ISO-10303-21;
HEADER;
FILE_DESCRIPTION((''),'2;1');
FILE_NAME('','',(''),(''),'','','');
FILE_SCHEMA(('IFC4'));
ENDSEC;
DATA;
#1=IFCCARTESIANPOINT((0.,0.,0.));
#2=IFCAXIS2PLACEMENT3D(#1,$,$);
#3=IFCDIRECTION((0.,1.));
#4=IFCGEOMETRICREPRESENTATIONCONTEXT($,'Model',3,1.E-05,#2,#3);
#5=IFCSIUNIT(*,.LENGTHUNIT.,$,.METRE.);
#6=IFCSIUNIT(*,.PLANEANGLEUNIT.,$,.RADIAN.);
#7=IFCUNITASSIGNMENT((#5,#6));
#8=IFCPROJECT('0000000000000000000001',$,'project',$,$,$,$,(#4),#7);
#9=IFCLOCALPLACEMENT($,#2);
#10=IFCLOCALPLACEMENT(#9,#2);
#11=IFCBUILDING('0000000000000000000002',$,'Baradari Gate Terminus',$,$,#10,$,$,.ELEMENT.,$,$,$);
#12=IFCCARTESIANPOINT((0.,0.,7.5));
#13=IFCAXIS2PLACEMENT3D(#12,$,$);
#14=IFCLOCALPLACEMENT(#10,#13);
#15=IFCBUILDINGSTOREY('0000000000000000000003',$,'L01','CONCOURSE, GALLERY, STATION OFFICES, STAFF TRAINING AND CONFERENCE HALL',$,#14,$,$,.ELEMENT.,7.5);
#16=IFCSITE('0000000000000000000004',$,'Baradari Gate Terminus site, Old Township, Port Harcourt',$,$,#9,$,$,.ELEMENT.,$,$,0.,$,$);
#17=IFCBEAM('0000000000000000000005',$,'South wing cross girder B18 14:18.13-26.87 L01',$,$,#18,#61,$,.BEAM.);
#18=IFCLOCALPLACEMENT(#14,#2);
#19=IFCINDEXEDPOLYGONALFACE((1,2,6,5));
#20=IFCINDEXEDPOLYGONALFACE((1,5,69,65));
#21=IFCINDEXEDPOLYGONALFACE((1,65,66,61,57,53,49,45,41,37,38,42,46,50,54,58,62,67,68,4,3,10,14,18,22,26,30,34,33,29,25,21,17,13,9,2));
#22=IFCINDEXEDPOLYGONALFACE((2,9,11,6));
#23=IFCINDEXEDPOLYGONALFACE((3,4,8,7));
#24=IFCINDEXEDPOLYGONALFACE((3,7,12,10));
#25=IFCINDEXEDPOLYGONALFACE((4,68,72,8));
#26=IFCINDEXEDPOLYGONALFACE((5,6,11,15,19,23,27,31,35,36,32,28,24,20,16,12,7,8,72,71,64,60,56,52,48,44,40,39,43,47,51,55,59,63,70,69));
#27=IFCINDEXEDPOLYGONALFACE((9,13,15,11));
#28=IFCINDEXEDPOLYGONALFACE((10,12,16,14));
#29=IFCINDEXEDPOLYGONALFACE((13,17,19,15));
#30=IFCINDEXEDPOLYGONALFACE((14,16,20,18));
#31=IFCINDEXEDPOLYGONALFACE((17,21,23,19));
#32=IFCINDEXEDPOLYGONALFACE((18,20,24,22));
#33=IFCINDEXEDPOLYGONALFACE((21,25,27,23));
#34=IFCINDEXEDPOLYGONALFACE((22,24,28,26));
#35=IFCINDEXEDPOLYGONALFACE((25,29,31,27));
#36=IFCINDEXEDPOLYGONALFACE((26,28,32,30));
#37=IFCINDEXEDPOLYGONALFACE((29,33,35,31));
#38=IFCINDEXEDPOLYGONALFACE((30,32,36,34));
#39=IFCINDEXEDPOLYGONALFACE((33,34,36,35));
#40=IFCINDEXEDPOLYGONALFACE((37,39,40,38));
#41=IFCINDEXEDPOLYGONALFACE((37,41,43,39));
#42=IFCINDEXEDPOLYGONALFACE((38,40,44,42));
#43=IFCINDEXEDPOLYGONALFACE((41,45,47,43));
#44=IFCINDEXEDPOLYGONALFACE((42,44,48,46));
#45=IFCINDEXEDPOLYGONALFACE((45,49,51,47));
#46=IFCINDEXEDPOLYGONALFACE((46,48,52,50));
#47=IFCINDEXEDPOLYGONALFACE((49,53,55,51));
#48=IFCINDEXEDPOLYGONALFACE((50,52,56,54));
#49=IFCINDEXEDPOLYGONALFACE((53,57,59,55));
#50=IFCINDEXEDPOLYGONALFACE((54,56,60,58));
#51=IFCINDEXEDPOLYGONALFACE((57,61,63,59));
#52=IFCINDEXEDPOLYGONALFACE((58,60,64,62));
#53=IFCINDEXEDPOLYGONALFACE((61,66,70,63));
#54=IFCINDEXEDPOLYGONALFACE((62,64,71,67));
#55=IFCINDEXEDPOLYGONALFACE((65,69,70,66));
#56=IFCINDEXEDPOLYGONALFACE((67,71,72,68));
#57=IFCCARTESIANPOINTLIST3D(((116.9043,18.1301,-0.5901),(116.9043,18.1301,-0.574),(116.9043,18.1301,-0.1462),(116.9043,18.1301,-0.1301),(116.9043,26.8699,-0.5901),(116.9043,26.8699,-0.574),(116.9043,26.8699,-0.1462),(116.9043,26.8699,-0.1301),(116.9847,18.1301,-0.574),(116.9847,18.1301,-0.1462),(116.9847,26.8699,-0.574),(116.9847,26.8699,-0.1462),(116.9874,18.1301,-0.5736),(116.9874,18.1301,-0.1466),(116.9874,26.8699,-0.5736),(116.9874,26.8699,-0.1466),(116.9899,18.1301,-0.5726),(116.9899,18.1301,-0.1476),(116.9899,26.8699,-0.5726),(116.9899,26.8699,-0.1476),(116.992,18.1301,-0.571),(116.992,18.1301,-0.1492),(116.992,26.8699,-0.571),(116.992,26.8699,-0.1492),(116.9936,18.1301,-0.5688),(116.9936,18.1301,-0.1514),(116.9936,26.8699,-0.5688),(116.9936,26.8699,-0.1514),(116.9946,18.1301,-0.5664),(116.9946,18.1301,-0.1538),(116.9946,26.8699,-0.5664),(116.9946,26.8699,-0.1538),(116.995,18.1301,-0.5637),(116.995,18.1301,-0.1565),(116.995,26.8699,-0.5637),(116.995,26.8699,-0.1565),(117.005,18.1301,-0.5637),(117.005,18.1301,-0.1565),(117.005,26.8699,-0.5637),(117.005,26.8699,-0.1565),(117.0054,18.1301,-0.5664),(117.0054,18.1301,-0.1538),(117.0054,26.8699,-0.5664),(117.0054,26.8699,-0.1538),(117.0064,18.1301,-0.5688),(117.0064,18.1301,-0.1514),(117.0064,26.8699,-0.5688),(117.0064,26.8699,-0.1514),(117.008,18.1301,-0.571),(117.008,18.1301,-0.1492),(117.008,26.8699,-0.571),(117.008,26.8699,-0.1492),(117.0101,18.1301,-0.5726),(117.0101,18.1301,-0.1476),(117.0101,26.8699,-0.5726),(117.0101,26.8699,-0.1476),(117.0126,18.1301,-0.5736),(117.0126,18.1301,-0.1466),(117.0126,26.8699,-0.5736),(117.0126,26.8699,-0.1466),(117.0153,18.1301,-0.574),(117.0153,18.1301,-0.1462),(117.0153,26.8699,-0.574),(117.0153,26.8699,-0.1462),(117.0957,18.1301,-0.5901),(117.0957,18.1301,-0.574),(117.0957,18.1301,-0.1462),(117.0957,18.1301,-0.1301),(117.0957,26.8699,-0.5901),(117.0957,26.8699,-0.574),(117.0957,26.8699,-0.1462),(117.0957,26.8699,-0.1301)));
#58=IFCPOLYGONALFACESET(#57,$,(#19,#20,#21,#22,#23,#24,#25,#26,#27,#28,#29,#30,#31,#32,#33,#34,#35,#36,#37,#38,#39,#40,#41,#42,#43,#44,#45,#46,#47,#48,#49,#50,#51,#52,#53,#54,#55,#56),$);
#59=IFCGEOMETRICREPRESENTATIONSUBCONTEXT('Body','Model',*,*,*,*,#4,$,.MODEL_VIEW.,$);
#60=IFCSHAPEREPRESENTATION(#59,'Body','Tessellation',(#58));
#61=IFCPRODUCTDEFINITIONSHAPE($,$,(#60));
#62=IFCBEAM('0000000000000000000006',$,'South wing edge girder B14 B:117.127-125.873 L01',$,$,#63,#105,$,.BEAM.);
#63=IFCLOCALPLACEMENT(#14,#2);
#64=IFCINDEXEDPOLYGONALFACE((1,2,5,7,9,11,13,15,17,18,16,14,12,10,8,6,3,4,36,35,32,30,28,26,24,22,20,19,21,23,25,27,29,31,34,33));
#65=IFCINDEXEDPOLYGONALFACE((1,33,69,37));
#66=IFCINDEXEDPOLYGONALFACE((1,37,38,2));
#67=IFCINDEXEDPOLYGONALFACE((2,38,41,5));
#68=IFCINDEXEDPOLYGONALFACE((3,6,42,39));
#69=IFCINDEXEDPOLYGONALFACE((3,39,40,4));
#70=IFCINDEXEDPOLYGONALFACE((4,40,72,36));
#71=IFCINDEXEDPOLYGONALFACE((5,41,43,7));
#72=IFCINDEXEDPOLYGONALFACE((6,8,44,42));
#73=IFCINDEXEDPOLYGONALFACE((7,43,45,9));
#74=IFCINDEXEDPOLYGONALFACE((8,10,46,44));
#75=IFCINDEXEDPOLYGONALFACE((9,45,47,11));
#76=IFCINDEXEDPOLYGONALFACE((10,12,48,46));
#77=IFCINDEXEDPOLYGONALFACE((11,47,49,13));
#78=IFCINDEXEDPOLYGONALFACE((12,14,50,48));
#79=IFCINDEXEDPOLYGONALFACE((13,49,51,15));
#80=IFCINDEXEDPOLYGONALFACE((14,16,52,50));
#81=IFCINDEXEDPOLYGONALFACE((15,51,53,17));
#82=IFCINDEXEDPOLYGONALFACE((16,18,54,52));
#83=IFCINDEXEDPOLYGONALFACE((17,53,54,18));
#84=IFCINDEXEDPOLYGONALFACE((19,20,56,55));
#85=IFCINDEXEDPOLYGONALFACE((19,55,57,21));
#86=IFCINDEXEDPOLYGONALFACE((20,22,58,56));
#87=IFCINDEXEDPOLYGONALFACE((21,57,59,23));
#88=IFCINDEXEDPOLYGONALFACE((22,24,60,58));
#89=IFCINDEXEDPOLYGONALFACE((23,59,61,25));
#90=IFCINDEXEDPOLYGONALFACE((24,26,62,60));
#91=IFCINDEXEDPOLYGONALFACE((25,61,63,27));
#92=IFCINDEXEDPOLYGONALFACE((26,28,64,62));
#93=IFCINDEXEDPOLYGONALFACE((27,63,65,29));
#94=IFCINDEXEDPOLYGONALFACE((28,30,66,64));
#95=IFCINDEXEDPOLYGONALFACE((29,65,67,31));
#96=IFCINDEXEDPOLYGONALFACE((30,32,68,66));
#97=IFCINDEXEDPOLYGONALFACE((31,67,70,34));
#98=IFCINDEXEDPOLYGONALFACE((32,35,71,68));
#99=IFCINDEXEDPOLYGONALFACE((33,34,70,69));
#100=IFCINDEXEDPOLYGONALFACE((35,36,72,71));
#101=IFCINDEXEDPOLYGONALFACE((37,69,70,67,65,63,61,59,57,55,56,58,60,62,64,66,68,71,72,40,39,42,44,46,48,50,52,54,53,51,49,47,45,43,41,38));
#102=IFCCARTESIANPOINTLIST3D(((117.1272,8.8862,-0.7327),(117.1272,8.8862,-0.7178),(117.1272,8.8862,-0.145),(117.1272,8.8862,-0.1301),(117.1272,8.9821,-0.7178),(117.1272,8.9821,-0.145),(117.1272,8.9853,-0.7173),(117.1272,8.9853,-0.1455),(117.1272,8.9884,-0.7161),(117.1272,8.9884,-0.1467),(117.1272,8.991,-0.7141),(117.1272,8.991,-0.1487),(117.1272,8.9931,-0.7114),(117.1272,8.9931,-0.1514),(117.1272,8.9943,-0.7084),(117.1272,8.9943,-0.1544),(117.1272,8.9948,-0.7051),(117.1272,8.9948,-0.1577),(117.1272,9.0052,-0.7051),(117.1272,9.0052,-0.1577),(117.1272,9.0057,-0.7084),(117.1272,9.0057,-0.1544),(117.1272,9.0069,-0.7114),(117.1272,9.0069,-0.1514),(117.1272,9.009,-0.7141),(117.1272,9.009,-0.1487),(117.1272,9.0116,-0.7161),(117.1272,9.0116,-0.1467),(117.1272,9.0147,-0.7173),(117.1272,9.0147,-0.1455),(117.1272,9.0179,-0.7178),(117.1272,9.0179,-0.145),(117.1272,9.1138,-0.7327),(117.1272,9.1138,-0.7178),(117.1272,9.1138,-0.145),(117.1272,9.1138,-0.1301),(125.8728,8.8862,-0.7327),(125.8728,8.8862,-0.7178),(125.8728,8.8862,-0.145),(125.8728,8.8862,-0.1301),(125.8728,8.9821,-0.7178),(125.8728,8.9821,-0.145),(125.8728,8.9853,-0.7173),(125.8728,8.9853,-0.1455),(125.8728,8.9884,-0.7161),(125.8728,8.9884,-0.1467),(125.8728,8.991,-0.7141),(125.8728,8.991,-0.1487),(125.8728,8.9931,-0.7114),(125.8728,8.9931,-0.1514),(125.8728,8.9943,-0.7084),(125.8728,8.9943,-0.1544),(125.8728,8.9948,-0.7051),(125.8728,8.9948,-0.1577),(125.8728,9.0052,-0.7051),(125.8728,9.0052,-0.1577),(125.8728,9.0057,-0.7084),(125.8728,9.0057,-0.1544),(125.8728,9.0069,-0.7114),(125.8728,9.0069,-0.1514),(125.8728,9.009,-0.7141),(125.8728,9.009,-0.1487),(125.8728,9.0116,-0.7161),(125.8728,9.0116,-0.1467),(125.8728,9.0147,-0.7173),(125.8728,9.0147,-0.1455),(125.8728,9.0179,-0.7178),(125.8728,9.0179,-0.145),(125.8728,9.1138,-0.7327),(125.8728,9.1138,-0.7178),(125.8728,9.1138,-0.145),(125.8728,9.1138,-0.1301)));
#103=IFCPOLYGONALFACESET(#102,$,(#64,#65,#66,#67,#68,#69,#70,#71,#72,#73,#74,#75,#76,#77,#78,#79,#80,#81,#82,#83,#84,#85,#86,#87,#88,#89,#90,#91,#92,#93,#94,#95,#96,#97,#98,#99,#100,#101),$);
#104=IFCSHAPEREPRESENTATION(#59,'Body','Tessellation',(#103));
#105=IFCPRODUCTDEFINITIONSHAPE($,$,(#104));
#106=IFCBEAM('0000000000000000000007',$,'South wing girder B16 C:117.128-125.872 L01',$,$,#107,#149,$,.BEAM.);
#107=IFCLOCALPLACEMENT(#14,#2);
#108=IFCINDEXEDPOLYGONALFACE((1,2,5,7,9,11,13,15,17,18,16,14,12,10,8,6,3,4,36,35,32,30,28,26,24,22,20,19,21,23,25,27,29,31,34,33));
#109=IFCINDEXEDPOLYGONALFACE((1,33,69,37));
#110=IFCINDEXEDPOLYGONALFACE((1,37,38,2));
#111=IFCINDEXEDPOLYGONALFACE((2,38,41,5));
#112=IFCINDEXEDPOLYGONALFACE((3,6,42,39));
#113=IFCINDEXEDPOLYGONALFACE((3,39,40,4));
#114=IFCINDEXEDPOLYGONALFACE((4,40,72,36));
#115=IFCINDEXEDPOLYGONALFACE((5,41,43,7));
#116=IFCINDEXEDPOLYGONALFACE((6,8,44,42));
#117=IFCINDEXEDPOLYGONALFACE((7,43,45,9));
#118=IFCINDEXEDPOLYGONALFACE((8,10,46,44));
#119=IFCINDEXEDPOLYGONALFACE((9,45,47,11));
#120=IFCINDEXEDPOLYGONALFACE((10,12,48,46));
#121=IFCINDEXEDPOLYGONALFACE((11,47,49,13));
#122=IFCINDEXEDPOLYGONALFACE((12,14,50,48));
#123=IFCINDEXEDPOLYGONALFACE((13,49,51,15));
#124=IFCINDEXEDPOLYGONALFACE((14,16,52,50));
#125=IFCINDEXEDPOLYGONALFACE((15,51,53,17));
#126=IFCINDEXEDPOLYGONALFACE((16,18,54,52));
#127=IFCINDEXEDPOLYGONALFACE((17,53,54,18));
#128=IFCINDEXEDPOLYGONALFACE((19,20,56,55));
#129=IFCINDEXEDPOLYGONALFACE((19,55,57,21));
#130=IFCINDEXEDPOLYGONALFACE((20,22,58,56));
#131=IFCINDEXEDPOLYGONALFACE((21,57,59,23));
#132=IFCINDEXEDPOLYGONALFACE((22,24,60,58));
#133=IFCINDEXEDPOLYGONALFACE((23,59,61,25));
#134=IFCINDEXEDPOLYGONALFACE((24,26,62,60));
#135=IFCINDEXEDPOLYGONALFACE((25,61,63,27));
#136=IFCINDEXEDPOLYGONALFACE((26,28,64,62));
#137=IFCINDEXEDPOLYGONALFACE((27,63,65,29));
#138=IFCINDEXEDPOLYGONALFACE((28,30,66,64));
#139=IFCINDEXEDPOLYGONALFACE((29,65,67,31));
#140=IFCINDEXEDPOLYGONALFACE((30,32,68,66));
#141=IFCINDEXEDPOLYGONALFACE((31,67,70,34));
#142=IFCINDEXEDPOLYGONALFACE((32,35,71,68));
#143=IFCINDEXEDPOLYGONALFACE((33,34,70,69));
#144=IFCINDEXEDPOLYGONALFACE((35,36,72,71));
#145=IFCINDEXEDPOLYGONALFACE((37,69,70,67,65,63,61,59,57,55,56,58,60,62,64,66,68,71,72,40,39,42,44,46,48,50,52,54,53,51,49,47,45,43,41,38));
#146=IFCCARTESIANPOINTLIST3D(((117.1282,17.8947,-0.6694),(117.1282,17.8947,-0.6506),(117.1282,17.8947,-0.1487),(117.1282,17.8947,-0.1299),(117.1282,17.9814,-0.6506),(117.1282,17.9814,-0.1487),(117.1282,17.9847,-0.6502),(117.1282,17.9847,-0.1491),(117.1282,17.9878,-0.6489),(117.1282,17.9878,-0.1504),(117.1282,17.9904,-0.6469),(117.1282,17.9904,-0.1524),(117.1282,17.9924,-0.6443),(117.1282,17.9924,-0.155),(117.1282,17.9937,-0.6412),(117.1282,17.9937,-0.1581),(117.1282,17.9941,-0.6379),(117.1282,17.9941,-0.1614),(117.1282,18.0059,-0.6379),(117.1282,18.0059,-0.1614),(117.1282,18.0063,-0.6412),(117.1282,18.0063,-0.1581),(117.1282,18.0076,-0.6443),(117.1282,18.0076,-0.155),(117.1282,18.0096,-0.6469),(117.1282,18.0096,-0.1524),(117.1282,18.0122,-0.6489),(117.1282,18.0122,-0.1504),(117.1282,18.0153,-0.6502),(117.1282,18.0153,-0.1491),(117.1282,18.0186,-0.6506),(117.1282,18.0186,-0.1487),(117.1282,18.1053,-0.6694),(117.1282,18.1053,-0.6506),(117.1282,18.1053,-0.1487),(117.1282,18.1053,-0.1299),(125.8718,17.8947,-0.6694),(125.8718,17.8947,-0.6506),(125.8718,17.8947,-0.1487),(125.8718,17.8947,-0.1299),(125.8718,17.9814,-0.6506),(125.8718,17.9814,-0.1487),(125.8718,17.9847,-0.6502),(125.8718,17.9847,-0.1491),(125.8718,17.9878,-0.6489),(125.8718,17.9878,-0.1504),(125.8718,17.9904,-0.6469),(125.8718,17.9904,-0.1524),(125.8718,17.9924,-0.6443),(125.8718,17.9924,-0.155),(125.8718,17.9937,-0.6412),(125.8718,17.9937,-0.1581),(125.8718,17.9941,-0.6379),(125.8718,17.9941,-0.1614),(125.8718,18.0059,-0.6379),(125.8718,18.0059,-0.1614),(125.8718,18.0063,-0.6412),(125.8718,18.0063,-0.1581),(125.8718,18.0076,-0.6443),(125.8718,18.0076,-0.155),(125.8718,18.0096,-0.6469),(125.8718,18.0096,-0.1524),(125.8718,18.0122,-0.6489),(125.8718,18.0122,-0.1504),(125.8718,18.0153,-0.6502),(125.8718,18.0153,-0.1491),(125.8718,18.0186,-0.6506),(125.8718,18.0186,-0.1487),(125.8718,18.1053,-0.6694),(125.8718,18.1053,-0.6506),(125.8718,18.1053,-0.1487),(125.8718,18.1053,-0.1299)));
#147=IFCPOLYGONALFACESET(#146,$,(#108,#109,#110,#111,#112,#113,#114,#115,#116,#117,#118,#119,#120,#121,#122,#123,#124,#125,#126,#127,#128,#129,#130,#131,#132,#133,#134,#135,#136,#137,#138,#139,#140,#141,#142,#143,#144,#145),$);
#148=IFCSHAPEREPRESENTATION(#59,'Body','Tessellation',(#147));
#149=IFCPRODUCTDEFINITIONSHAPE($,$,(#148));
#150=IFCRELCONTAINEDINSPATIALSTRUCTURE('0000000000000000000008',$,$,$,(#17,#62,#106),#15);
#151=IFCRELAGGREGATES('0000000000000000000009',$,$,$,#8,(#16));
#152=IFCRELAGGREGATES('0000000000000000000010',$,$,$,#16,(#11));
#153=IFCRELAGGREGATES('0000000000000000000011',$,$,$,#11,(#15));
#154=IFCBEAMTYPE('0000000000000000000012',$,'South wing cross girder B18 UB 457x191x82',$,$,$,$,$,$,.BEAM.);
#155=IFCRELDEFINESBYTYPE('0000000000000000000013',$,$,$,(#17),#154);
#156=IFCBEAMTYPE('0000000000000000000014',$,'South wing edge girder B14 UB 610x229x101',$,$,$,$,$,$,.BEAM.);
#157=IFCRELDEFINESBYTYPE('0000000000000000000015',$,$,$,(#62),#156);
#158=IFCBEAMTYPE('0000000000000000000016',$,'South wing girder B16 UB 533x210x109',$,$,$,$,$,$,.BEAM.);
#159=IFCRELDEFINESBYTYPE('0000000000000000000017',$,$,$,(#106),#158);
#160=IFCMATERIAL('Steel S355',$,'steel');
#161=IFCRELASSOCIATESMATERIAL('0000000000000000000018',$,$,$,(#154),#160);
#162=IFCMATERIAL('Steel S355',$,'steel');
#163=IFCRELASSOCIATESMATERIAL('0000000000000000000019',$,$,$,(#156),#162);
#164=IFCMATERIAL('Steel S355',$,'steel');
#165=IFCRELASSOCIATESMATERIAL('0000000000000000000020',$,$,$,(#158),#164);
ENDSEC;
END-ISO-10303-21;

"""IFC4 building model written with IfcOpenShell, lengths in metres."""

from ifc_helpers import new_model, si_unit, direction, frame, origin, origin_2d, place, context, subcontext, project, spatial, i_section, extrude, material, material_profile, profile_set, type_object, element, save


model = new_model("IFC4")

# Units and contexts
model_context = context("Model", 3, precision=1e-05, world=origin(), true_north=direction((0.0, 1.0)))
body_context = subcontext(model_context, "Body", "Model", "MODEL_VIEW")
ifc_project = project(units=[si_unit("LENGTHUNIT", "METRE"), si_unit("PLANEANGLEUNIT", "RADIAN")], contexts=[model_context])

# Site, building, storey
site_placement = place(None, origin())
site = spatial("IfcSite", under=ifc_project, at=site_placement, Name="Baradari Gate Terminus site, Old Township, Port Harcourt", CompositionType="ELEMENT", RefElevation=0.0)
building_placement = place(site_placement, origin())
building = spatial("IfcBuilding", under=site, at=building_placement, Name="Baradari Gate Terminus", CompositionType="ELEMENT")
storey_placement = place(building_placement, frame((0.0, 0.0, 7.5)))
storey = spatial("IfcBuildingStorey", under=building, at=storey_placement, Name="L01", Description="CONCOURSE, GALLERY, STATION OFFICES, STAFF TRAINING AND CONFERENCE HALL", CompositionType="ELEMENT", Elevation=7.5)

# Beams
ifc_material_1 = material(Name="Steel S355", Category="steel")
ifc_material_profile_1 = material_profile(ifc_material_1, i_section(OverallWidth=0.1914, OverallDepth=0.46, WebThickness=0.01, FlangeThickness=0.0161, FilletRadius=0.0103, at=origin_2d()), Name="UB 457x191x82")
ifc_profile_set_1 = profile_set([ifc_material_profile_1], Name="Steel S355")
beam_type_1 = type_object("IfcBeamType", Name="South wing cross girder B18 UB 457x191x82", PredefinedType="BEAM", material=ifc_profile_set_1)
beam_1_placement = place(storey_placement, frame((117.0, 18.1301, -0.3601), z_axis=(0.0, 1.0, 0.0), x_axis=(-1.0, 0.0, 0.0)))
element("IfcBeam", 1, at=beam_1_placement, inside=storey, type_object=beam_type_1, Name="South wing cross girder B18 14:18.13-26.87 L01", PredefinedType="BEAM", context=body_context, shape_type="SweptSolid", body=[
    extrude(i_section(OverallWidth=0.1914, OverallDepth=0.46, WebThickness=0.01, FlangeThickness=0.0161, FilletRadius=0.0103, at=origin_2d()), origin(), (0.0, 0.0, 1.0), 8.7397),
])
ifc_material_2 = material(Name="Steel S355", Category="steel")
ifc_material_profile_2 = material_profile(ifc_material_2, i_section(OverallWidth=0.2275, OverallDepth=0.6025, WebThickness=0.0105, FlangeThickness=0.0149, FilletRadius=0.0127, at=origin_2d()), Name="UB 610x229x101")
ifc_profile_set_2 = profile_set([ifc_material_profile_2], Name="Steel S355")
beam_type_2 = type_object("IfcBeamType", Name="South wing edge girder B14 UB 610x229x101", PredefinedType="BEAM", material=ifc_profile_set_2)
beam_2_placement = place(storey_placement, frame((117.1272, 9.0, -0.4314), z_axis=(1.0, 0.0, 0.0), x_axis=(0.0, 1.0, 0.0)))
element("IfcBeam", 2, at=beam_2_placement, inside=storey, type_object=beam_type_2, Name="South wing edge girder B14 B:117.127-125.873 L01", PredefinedType="BEAM", context=body_context, shape_type="SweptSolid", body=[
    extrude(i_section(OverallWidth=0.2275, OverallDepth=0.6025, WebThickness=0.0105, FlangeThickness=0.0149, FilletRadius=0.0127, at=origin_2d()), origin(), (0.0, 0.0, 1.0), 8.7456),
])
ifc_material_3 = material(Name="Steel S355", Category="steel")
ifc_material_profile_3 = material_profile(ifc_material_3, i_section(OverallWidth=0.2107, OverallDepth=0.5396, WebThickness=0.0117, FlangeThickness=0.0188, FilletRadius=0.0127, at=origin_2d()), Name="UB 533x210x109")
ifc_profile_set_3 = profile_set([ifc_material_profile_3], Name="Steel S355")
beam_type_3 = type_object("IfcBeamType", Name="South wing girder B16 UB 533x210x109", PredefinedType="BEAM", material=ifc_profile_set_3)
beam_3_placement = place(storey_placement, frame((117.1282, 18.0, -0.3997), z_axis=(1.0, 0.0, 0.0), x_axis=(0.0, 1.0, 0.0)))
element("IfcBeam", 3, at=beam_3_placement, inside=storey, type_object=beam_type_3, Name="South wing girder B16 C:117.128-125.872 L01", PredefinedType="BEAM", context=body_context, shape_type="SweptSolid", body=[
    extrude(i_section(OverallWidth=0.2107, OverallDepth=0.5396, WebThickness=0.0117, FlangeThickness=0.0188, FilletRadius=0.0127, at=origin_2d()), origin(), (0.0, 0.0, 1.0), 8.7437),
])

save(model, "model.ifc")
